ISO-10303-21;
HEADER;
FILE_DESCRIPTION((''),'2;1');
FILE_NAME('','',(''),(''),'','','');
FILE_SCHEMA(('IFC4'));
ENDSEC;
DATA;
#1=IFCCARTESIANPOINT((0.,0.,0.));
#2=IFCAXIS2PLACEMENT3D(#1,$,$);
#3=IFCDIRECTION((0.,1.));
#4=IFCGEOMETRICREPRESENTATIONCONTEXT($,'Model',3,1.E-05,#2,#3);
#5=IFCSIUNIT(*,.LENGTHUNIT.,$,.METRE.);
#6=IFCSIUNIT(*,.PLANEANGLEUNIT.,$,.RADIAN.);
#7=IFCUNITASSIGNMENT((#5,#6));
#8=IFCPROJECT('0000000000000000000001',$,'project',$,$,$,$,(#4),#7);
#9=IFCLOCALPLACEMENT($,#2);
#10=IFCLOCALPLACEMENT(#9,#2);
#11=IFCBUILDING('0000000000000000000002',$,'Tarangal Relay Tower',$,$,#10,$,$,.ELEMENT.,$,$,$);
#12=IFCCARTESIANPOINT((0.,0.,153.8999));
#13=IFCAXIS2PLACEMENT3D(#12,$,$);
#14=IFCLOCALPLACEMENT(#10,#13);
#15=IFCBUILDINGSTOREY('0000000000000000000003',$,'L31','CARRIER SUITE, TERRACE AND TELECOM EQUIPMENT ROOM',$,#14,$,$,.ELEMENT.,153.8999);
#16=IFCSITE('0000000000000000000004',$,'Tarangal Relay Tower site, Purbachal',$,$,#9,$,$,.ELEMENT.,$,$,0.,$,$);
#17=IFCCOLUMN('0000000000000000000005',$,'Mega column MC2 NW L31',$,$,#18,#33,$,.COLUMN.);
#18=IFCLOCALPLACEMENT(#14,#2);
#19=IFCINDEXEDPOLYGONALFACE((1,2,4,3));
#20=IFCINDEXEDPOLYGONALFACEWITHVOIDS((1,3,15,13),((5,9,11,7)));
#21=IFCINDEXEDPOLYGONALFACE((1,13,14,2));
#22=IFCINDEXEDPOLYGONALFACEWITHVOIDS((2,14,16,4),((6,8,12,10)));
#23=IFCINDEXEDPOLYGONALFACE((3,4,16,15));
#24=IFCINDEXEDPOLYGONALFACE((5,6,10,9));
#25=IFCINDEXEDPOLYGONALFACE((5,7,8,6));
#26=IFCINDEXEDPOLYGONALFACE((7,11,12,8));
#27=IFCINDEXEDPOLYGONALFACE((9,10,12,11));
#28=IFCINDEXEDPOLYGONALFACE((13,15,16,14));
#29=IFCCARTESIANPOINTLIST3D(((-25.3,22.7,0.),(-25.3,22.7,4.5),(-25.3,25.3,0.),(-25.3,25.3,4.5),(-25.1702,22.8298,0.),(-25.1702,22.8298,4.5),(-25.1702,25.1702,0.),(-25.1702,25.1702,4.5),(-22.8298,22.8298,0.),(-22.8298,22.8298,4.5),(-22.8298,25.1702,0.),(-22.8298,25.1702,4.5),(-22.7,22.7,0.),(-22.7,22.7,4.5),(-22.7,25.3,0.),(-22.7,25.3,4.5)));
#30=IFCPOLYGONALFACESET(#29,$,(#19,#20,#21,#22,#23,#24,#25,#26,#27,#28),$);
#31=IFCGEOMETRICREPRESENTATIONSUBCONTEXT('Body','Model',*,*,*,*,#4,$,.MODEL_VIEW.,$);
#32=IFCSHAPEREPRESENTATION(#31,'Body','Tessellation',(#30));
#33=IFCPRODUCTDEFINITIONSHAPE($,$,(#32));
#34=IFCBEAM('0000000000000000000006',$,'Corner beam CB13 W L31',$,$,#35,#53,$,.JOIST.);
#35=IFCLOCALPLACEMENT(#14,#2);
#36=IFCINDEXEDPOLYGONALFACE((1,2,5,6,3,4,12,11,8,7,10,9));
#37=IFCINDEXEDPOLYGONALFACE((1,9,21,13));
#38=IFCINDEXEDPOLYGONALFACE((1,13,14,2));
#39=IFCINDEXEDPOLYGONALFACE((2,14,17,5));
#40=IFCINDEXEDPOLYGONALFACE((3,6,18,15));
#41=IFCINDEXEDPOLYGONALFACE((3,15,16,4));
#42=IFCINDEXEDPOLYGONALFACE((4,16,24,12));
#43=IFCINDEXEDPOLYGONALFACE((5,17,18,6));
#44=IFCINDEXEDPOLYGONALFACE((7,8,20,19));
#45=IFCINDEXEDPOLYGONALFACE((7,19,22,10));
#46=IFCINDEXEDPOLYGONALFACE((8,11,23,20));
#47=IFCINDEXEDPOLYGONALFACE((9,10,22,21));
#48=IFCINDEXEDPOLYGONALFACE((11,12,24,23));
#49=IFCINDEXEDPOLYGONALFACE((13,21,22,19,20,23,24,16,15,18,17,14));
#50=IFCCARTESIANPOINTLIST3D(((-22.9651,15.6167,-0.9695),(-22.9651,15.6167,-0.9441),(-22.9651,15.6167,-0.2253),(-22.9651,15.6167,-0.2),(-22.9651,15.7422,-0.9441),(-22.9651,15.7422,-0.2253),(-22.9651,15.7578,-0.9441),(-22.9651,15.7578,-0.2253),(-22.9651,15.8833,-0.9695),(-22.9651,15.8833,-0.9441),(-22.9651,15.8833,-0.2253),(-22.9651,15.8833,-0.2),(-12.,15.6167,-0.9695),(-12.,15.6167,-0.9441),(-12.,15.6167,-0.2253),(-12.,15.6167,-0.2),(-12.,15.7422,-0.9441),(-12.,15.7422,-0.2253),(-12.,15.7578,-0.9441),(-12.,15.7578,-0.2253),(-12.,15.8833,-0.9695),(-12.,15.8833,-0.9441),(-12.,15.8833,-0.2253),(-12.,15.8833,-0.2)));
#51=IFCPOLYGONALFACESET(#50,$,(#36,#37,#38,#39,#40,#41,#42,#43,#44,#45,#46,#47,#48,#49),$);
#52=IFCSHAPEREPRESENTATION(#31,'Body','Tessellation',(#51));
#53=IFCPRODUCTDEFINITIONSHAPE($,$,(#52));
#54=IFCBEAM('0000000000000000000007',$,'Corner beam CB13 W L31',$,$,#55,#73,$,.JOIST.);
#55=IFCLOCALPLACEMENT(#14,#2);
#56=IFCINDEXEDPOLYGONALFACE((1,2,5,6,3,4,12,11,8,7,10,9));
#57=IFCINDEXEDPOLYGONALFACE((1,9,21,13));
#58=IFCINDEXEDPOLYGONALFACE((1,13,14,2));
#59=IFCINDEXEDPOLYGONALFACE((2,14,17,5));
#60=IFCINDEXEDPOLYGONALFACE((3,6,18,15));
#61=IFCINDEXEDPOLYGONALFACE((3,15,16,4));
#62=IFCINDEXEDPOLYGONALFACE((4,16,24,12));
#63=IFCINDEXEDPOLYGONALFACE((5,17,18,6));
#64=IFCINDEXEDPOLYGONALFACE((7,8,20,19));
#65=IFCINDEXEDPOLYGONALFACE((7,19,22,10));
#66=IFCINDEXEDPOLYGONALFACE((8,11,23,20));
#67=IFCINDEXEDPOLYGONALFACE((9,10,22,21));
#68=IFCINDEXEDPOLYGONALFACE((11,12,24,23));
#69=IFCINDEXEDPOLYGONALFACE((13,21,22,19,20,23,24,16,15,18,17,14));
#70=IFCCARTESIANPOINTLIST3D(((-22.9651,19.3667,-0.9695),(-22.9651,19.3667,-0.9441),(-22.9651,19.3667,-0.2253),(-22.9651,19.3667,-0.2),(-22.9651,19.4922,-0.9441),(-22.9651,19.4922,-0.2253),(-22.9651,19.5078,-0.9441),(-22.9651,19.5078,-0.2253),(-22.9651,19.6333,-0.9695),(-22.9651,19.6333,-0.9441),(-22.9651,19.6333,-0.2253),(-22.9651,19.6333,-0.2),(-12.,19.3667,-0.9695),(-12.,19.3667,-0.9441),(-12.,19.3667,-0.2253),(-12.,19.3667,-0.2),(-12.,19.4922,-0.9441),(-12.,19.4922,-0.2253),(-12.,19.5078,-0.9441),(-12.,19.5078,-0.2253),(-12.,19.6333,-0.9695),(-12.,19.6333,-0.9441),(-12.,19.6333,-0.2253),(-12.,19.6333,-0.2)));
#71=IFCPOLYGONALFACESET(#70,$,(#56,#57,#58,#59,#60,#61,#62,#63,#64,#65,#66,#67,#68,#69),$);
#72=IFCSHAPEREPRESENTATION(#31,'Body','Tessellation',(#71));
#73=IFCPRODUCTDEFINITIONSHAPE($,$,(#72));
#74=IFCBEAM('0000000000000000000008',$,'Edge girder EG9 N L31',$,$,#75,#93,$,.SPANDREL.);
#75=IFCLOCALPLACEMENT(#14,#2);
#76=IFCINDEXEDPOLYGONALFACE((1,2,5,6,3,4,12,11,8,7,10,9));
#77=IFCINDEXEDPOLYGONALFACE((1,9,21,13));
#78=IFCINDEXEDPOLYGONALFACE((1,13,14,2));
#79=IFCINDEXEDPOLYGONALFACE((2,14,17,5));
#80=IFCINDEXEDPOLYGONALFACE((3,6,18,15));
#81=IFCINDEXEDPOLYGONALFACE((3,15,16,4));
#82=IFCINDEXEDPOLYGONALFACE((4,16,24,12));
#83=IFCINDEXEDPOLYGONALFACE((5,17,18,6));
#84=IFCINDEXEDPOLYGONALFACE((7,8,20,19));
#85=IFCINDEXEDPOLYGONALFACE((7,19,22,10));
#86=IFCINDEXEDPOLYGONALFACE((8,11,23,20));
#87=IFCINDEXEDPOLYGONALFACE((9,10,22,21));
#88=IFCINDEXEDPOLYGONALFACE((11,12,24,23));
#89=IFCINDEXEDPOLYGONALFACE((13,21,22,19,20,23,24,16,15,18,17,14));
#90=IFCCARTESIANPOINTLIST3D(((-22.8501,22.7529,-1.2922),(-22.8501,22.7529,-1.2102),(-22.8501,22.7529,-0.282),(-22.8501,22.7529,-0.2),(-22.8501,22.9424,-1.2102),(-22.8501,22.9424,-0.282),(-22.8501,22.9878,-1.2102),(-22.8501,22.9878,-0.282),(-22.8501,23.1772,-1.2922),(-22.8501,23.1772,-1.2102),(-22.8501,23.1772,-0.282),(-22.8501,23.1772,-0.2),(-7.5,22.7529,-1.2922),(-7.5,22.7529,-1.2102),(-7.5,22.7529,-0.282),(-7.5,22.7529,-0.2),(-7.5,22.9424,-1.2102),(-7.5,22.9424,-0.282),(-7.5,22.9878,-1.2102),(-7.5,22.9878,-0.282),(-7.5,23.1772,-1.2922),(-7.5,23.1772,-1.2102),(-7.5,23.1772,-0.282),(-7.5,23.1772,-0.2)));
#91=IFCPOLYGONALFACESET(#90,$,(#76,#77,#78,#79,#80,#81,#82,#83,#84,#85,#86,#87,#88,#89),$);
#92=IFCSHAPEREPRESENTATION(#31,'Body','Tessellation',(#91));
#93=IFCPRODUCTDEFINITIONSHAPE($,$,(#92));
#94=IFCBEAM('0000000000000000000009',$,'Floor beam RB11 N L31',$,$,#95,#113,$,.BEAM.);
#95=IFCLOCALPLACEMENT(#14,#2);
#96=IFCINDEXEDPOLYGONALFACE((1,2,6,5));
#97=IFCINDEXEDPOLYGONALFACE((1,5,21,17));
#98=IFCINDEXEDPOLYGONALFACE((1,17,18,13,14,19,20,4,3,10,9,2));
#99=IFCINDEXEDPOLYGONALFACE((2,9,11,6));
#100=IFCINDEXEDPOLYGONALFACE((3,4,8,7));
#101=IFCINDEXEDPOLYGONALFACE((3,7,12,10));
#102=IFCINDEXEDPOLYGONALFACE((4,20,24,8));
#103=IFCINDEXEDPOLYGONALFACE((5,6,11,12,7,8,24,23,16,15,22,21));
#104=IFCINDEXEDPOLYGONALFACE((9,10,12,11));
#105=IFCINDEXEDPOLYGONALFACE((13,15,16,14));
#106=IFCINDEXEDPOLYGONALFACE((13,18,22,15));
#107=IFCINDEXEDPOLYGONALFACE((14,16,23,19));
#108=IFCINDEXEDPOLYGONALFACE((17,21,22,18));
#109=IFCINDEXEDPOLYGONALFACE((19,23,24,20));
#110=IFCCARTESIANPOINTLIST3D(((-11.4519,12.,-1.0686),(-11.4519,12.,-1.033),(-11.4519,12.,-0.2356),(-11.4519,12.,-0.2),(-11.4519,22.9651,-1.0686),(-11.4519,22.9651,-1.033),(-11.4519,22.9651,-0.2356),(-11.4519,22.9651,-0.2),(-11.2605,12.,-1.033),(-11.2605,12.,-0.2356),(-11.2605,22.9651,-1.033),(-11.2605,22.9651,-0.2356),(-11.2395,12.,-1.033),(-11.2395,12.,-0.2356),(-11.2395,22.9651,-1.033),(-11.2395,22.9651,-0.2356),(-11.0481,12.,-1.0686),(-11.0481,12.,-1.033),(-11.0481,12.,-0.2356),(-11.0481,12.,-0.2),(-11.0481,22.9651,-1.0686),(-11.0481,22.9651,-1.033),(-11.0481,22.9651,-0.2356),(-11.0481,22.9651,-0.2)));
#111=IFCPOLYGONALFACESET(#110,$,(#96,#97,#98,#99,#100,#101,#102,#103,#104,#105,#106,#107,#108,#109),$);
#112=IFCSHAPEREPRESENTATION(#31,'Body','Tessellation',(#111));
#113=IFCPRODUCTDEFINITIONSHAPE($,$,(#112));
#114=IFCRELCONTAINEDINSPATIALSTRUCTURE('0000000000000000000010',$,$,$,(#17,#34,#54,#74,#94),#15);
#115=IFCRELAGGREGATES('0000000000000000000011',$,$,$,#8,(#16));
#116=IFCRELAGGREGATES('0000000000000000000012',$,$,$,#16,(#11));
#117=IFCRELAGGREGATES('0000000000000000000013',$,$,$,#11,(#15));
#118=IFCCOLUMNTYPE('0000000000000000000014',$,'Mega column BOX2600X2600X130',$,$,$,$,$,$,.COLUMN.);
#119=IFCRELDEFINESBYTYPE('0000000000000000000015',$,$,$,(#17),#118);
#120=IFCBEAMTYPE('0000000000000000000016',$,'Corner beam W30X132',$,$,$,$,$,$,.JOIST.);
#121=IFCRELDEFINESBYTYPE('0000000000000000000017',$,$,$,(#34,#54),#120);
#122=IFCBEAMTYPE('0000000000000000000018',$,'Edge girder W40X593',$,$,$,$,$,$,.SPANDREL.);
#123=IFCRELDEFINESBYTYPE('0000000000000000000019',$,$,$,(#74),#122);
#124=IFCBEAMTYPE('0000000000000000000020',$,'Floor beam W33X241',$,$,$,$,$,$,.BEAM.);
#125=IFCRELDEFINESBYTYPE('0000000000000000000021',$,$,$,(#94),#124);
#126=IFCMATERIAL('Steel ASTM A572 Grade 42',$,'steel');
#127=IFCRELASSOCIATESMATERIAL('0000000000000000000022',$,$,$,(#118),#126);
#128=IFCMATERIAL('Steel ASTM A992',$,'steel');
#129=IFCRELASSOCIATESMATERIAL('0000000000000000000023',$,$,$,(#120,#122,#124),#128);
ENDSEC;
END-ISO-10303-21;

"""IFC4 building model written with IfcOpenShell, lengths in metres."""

from ifc_helpers import new_model, si_unit, direction, frame, origin, origin_2d, place, context, subcontext, project, spatial, hollow_rectangle, i_section, extrude, material, material_profile, profile_set, type_object, element, save


model = new_model("IFC4")

# Units and contexts
model_context = context("Model", 3, precision=1e-05, world=origin(), true_north=direction((0.0, 1.0)))
body_context = subcontext(model_context, "Body", "Model", "MODEL_VIEW")
ifc_project = project(units=[si_unit("LENGTHUNIT", "METRE"), si_unit("PLANEANGLEUNIT", "RADIAN")], contexts=[model_context])

# Site, building, storey
site_placement = place(None, origin())
site = spatial("IfcSite", under=ifc_project, at=site_placement, Name="Tarangal Relay Tower site, Purbachal", CompositionType="ELEMENT", RefElevation=0.0)
building_placement = place(site_placement, origin())
building = spatial("IfcBuilding", under=site, at=building_placement, Name="Tarangal Relay Tower", CompositionType="ELEMENT")
storey_placement = place(building_placement, frame((0.0, 0.0, 153.8999)))
storey = spatial("IfcBuildingStorey", under=building, at=storey_placement, Name="L31", Description="CARRIER SUITE, TERRACE AND TELECOM EQUIPMENT ROOM", CompositionType="ELEMENT", Elevation=153.8999)

# Column
ifc_material_1 = material(Name="Steel ASTM A572 Grade 42", Category="steel")
ifc_material_profile_1 = material_profile(ifc_material_1, hollow_rectangle(XDim=2.6001, YDim=2.6001, WallThickness=0.1299, at=origin_2d()), Name="BOX2600X2600X130")
ifc_profile_set_1 = profile_set([ifc_material_profile_1], Name="Steel ASTM A572 Grade 42")
column_type = type_object("IfcColumnType", Name="Mega column BOX2600X2600X130", PredefinedType="COLUMN", material=ifc_profile_set_1)
column_placement = place(storey_placement, frame((-24.0, 24.0, 0.0), z_axis=(0.0, 0.0, 1.0), x_axis=(1.0, 0.0, 0.0)))
element("IfcColumn", 1, at=column_placement, inside=storey, type_object=column_type, Name="Mega column MC2 NW L31", PredefinedType="COLUMN", context=body_context, shape_type="SweptSolid", body=[
    extrude(hollow_rectangle(XDim=2.6001, YDim=2.6001, WallThickness=0.1299, at=origin_2d()), origin(), (0.0, 0.0, 1.0), 4.5),
])

# Beams
ifc_material_2 = material(Name="Steel ASTM A992", Category="steel")
ifc_material_profile_2 = material_profile(ifc_material_2, i_section(OverallWidth=0.2666, OverallDepth=0.7695, WebThickness=0.0156, FlangeThickness=0.0254, at=origin_2d()), Name="W30X132")
ifc_profile_set_2 = profile_set([ifc_material_profile_2], Name="Steel ASTM A992")
beam_type_1 = type_object("IfcBeamType", Name="Corner beam W30X132", PredefinedType="JOIST", material=ifc_profile_set_2)
for number, where, z_axis, x_axis, name in (
    (2, (-12.0, 15.75, -0.5847), (-1.0, 0.0, 0.0), (0.0, -1.0, 0.0), "Corner beam CB13 W L31"),
    (3, (-12.0, 19.5, -0.5847), (-1.0, 0.0, 0.0), (0.0, -1.0, 0.0), "Corner beam CB13 W L31"),
):
    element("IfcBeam", number, at=place(storey_placement, frame(where, z_axis=z_axis, x_axis=x_axis)), inside=storey, type_object=beam_type_1, Name=name, PredefinedType="JOIST", context=body_context, shape_type="SweptSolid", body=[
        extrude(i_section(OverallWidth=0.2666, OverallDepth=0.7695, WebThickness=0.0156, FlangeThickness=0.0254, at=origin_2d()), origin(), (0.0, 0.0, 1.0), 10.9651),
    ])
ifc_material_profile_3 = material_profile(ifc_material_2, i_section(OverallWidth=0.4243, OverallDepth=1.0923, WebThickness=0.0454, FlangeThickness=0.082, at=origin_2d()), Name="W40X593")
ifc_profile_set_3 = profile_set([ifc_material_profile_3], Name="Steel ASTM A992")
beam_type_2 = type_object("IfcBeamType", Name="Edge girder W40X593", PredefinedType="SPANDREL", material=ifc_profile_set_3)
beam_1_placement = place(storey_placement, frame((-22.8501, 22.9651, -0.7461), z_axis=(1.0, 0.0, 0.0), x_axis=(0.0, 1.0, 0.0)))
element("IfcBeam", 4, at=beam_1_placement, inside=storey, type_object=beam_type_2, Name="Edge girder EG9 N L31", PredefinedType="SPANDREL", context=body_context, shape_type="SweptSolid", body=[
    extrude(i_section(OverallWidth=0.4243, OverallDepth=1.0923, WebThickness=0.0454, FlangeThickness=0.082, at=origin_2d()), origin(), (0.0, 0.0, 1.0), 15.3501),
])
ifc_material_profile_4 = material_profile(ifc_material_2, i_section(OverallWidth=0.4038, OverallDepth=0.8687, WebThickness=0.021, FlangeThickness=0.0356, at=origin_2d()), Name="W33X241")
ifc_profile_set_4 = profile_set([ifc_material_profile_4], Name="Steel ASTM A992")
beam_type_3 = type_object("IfcBeamType", Name="Floor beam W33X241", PredefinedType="BEAM", material=ifc_profile_set_4)
beam_2_placement = place(storey_placement, frame((-11.25, 12.0, -0.6343), z_axis=(0.0, 1.0, 0.0), x_axis=(-1.0, 0.0, 0.0)))
element("IfcBeam", 5, at=beam_2_placement, inside=storey, type_object=beam_type_3, Name="Floor beam RB11 N L31", PredefinedType="BEAM", context=body_context, shape_type="SweptSolid", body=[
    extrude(i_section(OverallWidth=0.4038, OverallDepth=0.8687, WebThickness=0.021, FlangeThickness=0.0356, at=origin_2d()), origin(), (0.0, 0.0, 1.0), 10.9651),
])

save(model, "model.ifc")
